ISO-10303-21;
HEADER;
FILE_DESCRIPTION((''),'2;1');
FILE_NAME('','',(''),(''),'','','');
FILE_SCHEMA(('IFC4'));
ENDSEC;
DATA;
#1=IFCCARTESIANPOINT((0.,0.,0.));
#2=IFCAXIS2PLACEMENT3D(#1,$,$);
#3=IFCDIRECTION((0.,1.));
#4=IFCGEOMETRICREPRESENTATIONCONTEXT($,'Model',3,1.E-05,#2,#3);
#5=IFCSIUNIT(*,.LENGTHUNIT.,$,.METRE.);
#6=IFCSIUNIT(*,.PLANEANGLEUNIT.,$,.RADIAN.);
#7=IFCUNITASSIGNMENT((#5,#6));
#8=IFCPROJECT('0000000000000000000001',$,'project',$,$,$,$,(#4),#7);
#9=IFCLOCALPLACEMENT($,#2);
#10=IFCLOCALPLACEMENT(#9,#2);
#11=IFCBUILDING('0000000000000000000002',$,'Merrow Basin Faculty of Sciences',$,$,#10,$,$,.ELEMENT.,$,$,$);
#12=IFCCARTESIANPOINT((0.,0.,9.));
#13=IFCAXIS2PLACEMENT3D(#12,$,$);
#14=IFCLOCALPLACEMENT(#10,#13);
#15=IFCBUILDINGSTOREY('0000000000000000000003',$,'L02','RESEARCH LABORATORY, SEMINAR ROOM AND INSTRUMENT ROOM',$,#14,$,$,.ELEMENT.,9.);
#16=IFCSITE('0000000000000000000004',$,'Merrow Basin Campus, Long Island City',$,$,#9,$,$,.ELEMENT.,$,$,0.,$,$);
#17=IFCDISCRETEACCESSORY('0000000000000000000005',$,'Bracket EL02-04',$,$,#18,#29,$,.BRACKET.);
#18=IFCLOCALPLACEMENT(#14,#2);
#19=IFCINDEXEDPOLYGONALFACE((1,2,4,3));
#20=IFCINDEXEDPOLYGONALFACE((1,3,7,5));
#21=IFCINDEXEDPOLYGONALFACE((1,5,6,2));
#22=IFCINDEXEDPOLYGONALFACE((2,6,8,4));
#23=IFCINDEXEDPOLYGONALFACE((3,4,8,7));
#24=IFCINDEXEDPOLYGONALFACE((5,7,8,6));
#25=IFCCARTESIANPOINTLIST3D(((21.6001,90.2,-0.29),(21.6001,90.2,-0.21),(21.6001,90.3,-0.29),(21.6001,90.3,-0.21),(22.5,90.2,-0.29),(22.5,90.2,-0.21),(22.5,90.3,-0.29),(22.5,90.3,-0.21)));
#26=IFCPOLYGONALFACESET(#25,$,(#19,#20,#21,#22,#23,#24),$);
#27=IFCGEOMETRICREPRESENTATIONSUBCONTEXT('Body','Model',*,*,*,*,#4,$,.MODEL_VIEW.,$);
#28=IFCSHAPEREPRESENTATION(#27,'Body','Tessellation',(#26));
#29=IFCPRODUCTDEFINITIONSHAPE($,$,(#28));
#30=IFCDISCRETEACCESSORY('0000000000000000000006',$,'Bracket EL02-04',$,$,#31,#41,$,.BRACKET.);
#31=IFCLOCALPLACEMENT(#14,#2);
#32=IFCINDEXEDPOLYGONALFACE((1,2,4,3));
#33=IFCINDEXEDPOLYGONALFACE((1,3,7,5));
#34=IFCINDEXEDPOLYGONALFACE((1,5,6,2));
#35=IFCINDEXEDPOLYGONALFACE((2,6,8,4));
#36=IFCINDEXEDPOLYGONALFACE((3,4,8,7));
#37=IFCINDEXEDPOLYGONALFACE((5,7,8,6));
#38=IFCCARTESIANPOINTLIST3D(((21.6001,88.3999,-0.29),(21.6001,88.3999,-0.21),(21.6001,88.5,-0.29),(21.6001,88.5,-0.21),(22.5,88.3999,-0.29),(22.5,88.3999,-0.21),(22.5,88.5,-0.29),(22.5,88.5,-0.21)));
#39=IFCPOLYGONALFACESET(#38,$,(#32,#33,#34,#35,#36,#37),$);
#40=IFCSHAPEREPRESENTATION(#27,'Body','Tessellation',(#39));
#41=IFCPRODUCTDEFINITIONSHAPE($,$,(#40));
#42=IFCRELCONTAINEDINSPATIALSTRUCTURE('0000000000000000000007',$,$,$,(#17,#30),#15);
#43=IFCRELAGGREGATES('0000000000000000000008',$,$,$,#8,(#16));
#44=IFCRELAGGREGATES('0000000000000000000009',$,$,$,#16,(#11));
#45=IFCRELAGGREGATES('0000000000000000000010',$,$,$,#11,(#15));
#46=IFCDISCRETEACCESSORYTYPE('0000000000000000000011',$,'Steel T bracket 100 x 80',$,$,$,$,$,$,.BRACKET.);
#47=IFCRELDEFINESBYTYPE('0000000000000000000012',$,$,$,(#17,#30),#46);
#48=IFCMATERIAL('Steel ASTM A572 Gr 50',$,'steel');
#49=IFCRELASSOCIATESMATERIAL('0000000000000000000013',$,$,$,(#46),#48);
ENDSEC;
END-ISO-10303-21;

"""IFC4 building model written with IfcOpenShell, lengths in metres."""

from ifc_helpers import new_model, si_unit, direction, frame, origin, place, context, subcontext, project, spatial, polyline, outline, extrude, source, transform, mapped, material, type_object, element, save


model = new_model("IFC4")

# Units and contexts
model_context = context("Model", 3, precision=1e-05, world=origin(), true_north=direction((0.0, 1.0)))
body_context = subcontext(model_context, "Body", "Model", "MODEL_VIEW")
ifc_project = project(units=[si_unit("LENGTHUNIT", "METRE"), si_unit("PLANEANGLEUNIT", "RADIAN")], contexts=[model_context])

# Site, building, storey
site_placement = place(None, origin())
site = spatial("IfcSite", under=ifc_project, at=site_placement, Name="Merrow Basin Campus, Long Island City", CompositionType="ELEMENT", RefElevation=0.0)
building_placement = place(site_placement, origin())
building = spatial("IfcBuilding", under=site, at=building_placement, Name="Merrow Basin Faculty of Sciences", CompositionType="ELEMENT")
storey_placement = place(building_placement, frame((0.0, 0.0, 9.0)))
storey = spatial("IfcBuildingStorey", under=building, at=storey_placement, Name="L02", Description="RESEARCH LABORATORY, SEMINAR ROOM AND INSTRUMENT ROOM", CompositionType="ELEMENT", Elevation=9.0)

# Discrete accessories
ifc_material_1 = material(Name="Steel ASTM A572 Gr 50", Category="steel")
discrete_accessory_type = type_object("IfcDiscreteAccessoryType", Name="Steel T bracket 100 x 80", PredefinedType="BRACKET", material=ifc_material_1)
shared_shape_1 = source(origin(), body_context, "Body", "SweptSolid", [
    extrude(outline(polyline([(0.0, 0.0), (0.1001, 0.0), (0.1001, 0.0801), (0.0, 0.0801), (0.0, 0.0)])), origin(), (0.0, 0.0, 1.0), 0.8999),
])
for number, where, z_axis, x_axis, name in (
    (1, (22.5, 90.3, -0.29), (-1.0, 0.0, 0.0), (0.0, -1.0, 0.0), "Bracket EL02-04"),
    (2, (22.5, 88.5, -0.29), (-1.0, 0.0, 0.0), (0.0, -1.0, 0.0), "Bracket EL02-04"),
):
    element("IfcDiscreteAccessory", number, at=place(storey_placement, frame(where, z_axis=z_axis, x_axis=x_axis)), inside=storey, type_object=discrete_accessory_type, Name=name, PredefinedType="BRACKET", context=body_context, shape_type="MappedRepresentation", body=[
        mapped(shared_shape_1, transform((0.0, 0.0, 0.0), scale=1.0)),
    ])

save(model, "model.ifc")
